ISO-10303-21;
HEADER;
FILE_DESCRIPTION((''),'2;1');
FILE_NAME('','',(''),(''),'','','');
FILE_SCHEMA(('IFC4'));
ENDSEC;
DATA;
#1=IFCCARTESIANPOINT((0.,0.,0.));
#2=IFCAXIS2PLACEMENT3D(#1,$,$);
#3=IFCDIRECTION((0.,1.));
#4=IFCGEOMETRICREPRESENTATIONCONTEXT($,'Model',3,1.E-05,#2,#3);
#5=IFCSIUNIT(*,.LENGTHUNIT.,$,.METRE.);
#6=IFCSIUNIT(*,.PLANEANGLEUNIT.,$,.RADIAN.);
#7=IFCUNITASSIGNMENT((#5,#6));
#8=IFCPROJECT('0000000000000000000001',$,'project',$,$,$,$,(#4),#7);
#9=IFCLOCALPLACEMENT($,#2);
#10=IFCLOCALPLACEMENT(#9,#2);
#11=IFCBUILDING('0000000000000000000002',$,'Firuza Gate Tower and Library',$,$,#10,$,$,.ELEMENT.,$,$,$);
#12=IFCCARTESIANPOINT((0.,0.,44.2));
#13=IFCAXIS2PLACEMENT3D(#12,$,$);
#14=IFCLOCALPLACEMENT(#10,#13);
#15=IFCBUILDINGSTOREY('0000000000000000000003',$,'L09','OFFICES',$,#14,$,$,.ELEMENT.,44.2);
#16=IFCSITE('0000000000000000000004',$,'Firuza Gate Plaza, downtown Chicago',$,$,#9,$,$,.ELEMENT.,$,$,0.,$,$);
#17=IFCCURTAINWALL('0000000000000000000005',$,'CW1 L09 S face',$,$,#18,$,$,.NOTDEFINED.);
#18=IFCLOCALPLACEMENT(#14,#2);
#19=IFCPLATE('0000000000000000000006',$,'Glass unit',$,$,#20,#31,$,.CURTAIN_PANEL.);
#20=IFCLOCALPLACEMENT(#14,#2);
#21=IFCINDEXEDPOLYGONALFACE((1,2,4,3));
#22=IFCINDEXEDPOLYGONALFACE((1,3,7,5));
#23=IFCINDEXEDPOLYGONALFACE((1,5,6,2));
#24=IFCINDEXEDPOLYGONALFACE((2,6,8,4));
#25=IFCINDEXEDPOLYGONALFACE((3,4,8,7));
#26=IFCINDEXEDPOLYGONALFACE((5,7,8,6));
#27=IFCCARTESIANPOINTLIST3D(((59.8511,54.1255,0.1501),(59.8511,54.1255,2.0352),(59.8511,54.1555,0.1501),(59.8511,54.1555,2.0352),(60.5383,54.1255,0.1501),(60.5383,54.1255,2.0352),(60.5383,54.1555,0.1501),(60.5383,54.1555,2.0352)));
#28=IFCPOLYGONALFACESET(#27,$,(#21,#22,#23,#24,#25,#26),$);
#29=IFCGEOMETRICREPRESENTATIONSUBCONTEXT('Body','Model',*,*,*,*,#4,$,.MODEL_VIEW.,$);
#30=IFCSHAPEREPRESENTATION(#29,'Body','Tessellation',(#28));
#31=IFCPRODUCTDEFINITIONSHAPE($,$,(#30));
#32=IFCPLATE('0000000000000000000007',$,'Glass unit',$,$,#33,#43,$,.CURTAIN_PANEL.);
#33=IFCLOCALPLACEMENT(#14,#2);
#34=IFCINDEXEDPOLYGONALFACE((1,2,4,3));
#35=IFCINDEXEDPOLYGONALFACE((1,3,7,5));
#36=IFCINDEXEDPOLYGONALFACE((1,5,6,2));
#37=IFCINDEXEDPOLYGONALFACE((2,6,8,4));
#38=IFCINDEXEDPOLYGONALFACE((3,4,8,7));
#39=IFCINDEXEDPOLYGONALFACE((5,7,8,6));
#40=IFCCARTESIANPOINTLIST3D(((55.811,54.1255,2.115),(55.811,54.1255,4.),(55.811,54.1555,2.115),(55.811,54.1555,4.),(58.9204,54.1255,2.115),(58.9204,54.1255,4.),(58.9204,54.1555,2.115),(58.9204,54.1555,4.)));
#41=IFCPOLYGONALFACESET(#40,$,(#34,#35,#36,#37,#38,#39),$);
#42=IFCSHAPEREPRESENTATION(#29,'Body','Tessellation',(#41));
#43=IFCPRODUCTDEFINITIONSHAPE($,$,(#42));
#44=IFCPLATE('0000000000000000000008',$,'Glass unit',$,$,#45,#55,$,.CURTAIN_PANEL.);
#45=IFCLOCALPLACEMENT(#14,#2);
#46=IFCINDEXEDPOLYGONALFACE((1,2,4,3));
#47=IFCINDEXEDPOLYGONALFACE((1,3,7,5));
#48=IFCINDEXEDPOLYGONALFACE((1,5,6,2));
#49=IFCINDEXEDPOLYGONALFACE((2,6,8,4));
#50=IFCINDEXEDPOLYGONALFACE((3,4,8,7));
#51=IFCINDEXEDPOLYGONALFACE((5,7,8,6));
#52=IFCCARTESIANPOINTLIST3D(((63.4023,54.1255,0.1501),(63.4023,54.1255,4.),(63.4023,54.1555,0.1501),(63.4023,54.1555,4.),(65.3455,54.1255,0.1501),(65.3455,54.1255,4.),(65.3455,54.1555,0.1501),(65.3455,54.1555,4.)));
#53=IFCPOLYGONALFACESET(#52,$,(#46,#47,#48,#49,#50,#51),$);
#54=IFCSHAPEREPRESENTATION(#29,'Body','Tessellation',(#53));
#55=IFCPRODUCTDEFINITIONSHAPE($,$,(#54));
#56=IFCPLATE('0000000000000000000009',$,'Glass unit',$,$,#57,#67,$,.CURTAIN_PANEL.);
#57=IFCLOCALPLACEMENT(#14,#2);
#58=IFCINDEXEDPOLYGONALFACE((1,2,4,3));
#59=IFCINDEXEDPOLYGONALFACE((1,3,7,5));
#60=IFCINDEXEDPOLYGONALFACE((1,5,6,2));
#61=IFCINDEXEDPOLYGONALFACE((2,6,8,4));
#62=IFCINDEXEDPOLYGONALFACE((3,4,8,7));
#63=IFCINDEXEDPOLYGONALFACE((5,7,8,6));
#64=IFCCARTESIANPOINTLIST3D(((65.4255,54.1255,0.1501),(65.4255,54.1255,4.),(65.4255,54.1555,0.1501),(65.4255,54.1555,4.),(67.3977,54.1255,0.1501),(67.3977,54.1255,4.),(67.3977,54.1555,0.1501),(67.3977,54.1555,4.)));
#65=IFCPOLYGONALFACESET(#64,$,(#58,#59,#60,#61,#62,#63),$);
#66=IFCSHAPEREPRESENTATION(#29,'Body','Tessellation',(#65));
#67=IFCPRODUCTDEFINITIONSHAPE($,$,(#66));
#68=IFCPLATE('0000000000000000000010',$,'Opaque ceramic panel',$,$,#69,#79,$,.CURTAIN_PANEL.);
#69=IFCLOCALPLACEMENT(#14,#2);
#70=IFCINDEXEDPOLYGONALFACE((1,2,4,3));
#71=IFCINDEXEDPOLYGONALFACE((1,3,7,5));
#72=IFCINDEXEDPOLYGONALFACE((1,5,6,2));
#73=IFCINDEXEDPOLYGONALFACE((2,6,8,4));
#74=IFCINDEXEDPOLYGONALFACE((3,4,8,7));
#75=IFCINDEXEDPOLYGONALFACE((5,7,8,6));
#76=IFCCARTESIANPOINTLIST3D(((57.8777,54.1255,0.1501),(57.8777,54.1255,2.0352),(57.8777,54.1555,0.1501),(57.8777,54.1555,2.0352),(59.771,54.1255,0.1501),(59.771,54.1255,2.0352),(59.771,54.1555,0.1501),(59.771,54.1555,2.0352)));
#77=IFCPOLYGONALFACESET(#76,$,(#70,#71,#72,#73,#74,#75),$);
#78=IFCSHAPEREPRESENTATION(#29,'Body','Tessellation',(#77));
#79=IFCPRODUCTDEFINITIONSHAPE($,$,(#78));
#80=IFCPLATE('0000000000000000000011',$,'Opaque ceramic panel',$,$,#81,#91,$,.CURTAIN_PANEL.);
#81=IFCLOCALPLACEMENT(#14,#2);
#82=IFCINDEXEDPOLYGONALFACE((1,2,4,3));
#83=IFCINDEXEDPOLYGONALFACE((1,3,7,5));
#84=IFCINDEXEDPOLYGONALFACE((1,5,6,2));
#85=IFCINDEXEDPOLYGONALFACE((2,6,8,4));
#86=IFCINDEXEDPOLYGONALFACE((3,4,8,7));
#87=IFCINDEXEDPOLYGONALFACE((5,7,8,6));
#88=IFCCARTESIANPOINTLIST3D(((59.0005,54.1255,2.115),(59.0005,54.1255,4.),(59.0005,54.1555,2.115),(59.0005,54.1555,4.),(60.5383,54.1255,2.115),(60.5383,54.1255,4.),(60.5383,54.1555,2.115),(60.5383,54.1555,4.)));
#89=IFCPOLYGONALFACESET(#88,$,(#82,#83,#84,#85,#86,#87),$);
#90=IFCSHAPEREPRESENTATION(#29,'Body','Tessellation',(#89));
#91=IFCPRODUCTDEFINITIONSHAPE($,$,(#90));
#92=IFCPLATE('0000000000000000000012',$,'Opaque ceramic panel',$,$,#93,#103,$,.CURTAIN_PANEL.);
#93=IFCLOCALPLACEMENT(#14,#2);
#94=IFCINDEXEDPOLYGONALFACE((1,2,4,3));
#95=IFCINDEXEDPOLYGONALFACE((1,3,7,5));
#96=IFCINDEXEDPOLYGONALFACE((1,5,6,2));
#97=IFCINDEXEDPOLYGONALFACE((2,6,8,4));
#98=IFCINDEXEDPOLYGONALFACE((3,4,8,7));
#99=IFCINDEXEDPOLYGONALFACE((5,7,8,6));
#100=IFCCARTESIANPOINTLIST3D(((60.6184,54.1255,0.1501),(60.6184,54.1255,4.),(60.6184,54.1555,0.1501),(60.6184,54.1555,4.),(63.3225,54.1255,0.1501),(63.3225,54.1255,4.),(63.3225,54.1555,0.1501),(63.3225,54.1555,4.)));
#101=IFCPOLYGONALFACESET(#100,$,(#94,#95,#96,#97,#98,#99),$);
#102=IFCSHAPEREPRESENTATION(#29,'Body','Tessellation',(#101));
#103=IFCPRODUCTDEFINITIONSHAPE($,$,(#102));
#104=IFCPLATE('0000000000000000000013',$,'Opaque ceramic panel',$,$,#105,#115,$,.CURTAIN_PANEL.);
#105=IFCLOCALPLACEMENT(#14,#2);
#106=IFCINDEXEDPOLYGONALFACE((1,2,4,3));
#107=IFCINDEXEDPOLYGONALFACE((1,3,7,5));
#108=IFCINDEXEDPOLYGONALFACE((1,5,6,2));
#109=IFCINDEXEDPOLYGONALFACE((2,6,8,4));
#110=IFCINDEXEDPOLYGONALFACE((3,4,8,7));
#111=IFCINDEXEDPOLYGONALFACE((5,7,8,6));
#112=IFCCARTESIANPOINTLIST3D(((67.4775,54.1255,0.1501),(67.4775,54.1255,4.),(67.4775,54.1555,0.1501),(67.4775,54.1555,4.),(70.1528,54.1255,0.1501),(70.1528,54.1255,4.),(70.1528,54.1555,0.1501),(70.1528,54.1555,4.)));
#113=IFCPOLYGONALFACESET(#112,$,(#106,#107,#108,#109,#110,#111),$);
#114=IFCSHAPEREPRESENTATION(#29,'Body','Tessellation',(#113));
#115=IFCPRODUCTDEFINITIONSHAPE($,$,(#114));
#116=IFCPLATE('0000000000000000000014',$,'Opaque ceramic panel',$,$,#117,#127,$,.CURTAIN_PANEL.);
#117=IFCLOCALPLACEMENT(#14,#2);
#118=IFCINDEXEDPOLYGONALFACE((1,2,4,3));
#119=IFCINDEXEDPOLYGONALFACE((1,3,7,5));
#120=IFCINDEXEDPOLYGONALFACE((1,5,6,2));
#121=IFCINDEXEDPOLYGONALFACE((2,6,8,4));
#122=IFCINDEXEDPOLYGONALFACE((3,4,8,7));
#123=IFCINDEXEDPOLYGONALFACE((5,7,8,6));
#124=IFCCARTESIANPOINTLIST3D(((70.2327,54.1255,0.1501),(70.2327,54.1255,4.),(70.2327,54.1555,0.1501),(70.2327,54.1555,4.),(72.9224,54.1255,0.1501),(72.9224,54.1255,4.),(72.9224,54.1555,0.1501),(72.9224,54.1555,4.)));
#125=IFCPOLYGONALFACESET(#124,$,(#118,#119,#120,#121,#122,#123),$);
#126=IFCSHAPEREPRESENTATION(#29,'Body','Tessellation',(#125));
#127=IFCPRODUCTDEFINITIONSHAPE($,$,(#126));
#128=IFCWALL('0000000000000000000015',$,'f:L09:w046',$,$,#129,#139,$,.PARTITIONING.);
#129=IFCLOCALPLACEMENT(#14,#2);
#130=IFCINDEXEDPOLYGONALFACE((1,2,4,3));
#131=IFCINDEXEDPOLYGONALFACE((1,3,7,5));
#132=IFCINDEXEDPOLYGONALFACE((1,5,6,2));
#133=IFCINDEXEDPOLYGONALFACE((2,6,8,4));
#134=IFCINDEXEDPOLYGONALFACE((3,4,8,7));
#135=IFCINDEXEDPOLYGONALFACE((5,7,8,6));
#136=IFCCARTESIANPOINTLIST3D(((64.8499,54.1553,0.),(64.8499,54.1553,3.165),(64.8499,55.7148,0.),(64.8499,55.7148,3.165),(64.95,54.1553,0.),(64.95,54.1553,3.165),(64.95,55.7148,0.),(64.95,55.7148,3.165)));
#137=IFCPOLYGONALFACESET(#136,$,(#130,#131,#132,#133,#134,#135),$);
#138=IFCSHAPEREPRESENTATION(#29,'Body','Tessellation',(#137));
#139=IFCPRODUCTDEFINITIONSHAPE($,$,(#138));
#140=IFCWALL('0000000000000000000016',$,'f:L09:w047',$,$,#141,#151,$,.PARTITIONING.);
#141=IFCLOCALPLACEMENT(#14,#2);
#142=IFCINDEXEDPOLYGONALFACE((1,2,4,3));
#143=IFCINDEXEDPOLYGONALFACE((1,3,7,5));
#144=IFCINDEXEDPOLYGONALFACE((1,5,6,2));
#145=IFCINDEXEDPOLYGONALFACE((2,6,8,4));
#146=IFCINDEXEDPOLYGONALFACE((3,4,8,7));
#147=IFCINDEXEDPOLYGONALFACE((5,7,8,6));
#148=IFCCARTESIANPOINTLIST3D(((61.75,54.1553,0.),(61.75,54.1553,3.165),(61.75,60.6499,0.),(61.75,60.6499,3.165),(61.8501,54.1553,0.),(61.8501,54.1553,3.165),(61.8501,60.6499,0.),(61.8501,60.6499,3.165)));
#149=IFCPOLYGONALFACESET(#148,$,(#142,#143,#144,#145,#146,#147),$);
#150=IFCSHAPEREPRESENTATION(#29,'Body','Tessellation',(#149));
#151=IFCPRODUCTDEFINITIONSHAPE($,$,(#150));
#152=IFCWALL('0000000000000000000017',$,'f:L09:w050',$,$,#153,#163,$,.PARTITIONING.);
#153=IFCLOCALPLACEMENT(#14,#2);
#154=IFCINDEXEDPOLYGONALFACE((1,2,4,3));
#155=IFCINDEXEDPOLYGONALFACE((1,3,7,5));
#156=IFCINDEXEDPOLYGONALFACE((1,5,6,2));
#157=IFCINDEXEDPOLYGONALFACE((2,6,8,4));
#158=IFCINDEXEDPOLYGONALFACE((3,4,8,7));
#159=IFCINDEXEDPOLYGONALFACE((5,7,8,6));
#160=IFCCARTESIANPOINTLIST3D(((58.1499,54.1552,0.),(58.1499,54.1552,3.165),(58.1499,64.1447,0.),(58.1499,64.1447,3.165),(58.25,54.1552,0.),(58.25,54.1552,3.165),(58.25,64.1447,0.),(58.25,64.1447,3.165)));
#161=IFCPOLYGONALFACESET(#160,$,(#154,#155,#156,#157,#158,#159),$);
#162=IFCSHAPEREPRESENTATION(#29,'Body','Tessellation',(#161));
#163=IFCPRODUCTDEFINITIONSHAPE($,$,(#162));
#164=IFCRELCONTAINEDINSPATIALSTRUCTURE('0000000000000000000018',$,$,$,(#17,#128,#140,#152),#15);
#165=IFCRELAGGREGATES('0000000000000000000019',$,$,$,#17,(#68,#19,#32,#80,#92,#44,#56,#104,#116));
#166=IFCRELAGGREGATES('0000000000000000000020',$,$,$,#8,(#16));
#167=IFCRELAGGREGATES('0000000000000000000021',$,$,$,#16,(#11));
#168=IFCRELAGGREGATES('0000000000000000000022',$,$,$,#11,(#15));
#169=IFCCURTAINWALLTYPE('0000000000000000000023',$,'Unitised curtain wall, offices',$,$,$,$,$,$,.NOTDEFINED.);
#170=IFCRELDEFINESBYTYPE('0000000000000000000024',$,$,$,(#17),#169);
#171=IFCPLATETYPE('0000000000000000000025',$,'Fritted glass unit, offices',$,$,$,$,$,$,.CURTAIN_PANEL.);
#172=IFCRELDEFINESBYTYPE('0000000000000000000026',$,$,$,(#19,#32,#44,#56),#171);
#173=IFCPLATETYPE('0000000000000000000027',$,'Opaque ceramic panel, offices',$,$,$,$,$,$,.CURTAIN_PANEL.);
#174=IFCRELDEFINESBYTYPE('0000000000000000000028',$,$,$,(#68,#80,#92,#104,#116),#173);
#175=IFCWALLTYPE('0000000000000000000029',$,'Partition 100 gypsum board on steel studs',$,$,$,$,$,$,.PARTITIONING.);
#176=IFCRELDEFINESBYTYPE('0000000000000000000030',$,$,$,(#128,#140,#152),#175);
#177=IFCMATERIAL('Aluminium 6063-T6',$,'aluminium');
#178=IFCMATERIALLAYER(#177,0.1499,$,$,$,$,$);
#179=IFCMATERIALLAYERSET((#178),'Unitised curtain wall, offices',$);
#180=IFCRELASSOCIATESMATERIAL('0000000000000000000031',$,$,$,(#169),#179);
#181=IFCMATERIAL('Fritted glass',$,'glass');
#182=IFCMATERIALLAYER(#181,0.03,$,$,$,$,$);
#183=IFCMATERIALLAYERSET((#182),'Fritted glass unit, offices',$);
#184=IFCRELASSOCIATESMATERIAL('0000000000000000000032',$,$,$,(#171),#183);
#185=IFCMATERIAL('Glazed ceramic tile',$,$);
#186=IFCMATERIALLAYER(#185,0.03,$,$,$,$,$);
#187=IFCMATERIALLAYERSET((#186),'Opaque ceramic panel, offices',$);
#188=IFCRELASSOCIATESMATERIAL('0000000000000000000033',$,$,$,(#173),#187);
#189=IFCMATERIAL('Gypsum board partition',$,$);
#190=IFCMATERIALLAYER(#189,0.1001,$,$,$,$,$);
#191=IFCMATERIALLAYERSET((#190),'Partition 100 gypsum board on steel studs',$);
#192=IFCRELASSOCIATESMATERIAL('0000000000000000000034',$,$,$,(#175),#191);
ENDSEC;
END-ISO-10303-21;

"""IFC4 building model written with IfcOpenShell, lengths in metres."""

from ifc_helpers import new_model, si_unit, direction, frame, frame_2d, origin, place, context, subcontext, project, spatial, polyline, rectangle, outline, extrude, material, layer, layer_set, type_object, element, aggregate, save


model = new_model("IFC4")

# Units and contexts
model_context = context("Model", 3, precision=1e-05, world=origin(), true_north=direction((0.0, 1.0)))
body_context = subcontext(model_context, "Body", "Model", "MODEL_VIEW")
ifc_project = project(units=[si_unit("LENGTHUNIT", "METRE"), si_unit("PLANEANGLEUNIT", "RADIAN")], contexts=[model_context])

# Site, building, storey
site_placement = place(None, origin())
site = spatial("IfcSite", under=ifc_project, at=site_placement, Name="Firuza Gate Plaza, downtown Chicago", CompositionType="ELEMENT", RefElevation=0.0)
building_placement = place(site_placement, origin())
building = spatial("IfcBuilding", under=site, at=building_placement, Name="Firuza Gate Tower and Library", CompositionType="ELEMENT")
storey_placement = place(building_placement, frame((0.0, 0.0, 44.2)))
storey = spatial("IfcBuildingStorey", under=building, at=storey_placement, Name="L09", Description="OFFICES", CompositionType="ELEMENT", Elevation=44.2)

# Curtain wall
ifc_material_1 = material(Name="Aluminium 6063-T6", Category="aluminium")
ifc_layer_1 = layer(ifc_material_1, 0.1499)
ifc_layer_set_1 = layer_set([ifc_layer_1], Name="Unitised curtain wall, offices")
curtain_wall_type = type_object("IfcCurtainWallType", Name="Unitised curtain wall, offices", PredefinedType="NOTDEFINED", material=ifc_layer_set_1)
curtain_wall_placement = place(storey_placement, origin())
curtain_wall = element("IfcCurtainWall", 1, at=curtain_wall_placement, inside=storey, type_object=curtain_wall_type, Name="CW1 L09 S face", PredefinedType="NOTDEFINED")

# Plates
ifc_material_2 = material(Name="Fritted glass", Category="glass")
ifc_layer_2 = layer(ifc_material_2, 0.03)
ifc_layer_set_2 = layer_set([ifc_layer_2], Name="Fritted glass unit, offices")
plate_type_1 = type_object("IfcPlateType", Name="Fritted glass unit, offices", PredefinedType="CURTAIN_PANEL", material=ifc_layer_set_2)
plate_1_placement = place(storey_placement, frame((59.8511, 54.1255, 0.1501), z_axis=(0.0, -1.0, 0.0), x_axis=(1.0, 0.0, 0.0)))
plate_1 = element("IfcPlate", 2, at=plate_1_placement, type_object=plate_type_1, Name="Glass unit", PredefinedType="CURTAIN_PANEL", context=body_context, shape_type="SweptSolid", body=[
    extrude(outline(polyline([(0.0, 0.0), (0.6873, 0.0), (0.6873, 1.885), (0.0, 1.885), (0.0, 0.0)])), origin(), (0.0, 0.0, -1.0), 0.03),
])
plate_2_placement = place(storey_placement, frame((55.811, 54.1255, 2.115), z_axis=(0.0, -1.0, 0.0), x_axis=(1.0, 0.0, 0.0)))
plate_2 = element("IfcPlate", 3, at=plate_2_placement, type_object=plate_type_1, Name="Glass unit", PredefinedType="CURTAIN_PANEL", context=body_context, shape_type="SweptSolid", body=[
    extrude(outline(polyline([(0.0, 0.0), (3.1094, 0.0), (3.1094, 1.885), (0.0, 1.885), (0.0, 0.0)])), origin(), (0.0, 0.0, -1.0), 0.03),
])
plate_3_placement = place(storey_placement, frame((63.4023, 54.1255, 0.1501), z_axis=(0.0, -1.0, 0.0), x_axis=(1.0, 0.0, 0.0)))
plate_3 = element("IfcPlate", 4, at=plate_3_placement, type_object=plate_type_1, Name="Glass unit", PredefinedType="CURTAIN_PANEL", context=body_context, shape_type="SweptSolid", body=[
    extrude(outline(polyline([(0.0, 0.0), (1.9431, 0.0), (1.9431, 3.8499), (0.0, 3.8499), (0.0, 0.0)])), origin(), (0.0, 0.0, -1.0), 0.03),
])
plate_4_placement = place(storey_placement, frame((65.4255, 54.1255, 0.1501), z_axis=(0.0, -1.0, 0.0), x_axis=(1.0, 0.0, 0.0)))
plate_4 = element("IfcPlate", 5, at=plate_4_placement, type_object=plate_type_1, Name="Glass unit", PredefinedType="CURTAIN_PANEL", context=body_context, shape_type="SweptSolid", body=[
    extrude(outline(polyline([(0.0, 0.0), (1.9722, 0.0), (1.9722, 3.8499), (0.0, 3.8499), (0.0, 0.0)])), origin(), (0.0, 0.0, -1.0), 0.03),
])
ifc_material_3 = material(Name="Glazed ceramic tile")
ifc_layer_3 = layer(ifc_material_3, 0.03)
ifc_layer_set_3 = layer_set([ifc_layer_3], Name="Opaque ceramic panel, offices")
plate_type_2 = type_object("IfcPlateType", Name="Opaque ceramic panel, offices", PredefinedType="CURTAIN_PANEL", material=ifc_layer_set_3)
plate_5_placement = place(storey_placement, frame((57.8777, 54.1255, 0.1501), z_axis=(0.0, -1.0, 0.0), x_axis=(1.0, 0.0, 0.0)))
plate_5 = element("IfcPlate", 6, at=plate_5_placement, type_object=plate_type_2, Name="Opaque ceramic panel", PredefinedType="CURTAIN_PANEL", context=body_context, shape_type="SweptSolid", body=[
    extrude(outline(polyline([(0.0, 0.0), (1.8933, 0.0), (1.8933, 1.885), (0.0, 1.885), (0.0, 0.0)])), origin(), (0.0, 0.0, -1.0), 0.03),
])
plate_6_placement = place(storey_placement, frame((59.0005, 54.1255, 2.115), z_axis=(0.0, -1.0, 0.0), x_axis=(1.0, 0.0, 0.0)))
plate_6 = element("IfcPlate", 7, at=plate_6_placement, type_object=plate_type_2, Name="Opaque ceramic panel", PredefinedType="CURTAIN_PANEL", context=body_context, shape_type="SweptSolid", body=[
    extrude(outline(polyline([(0.0, 0.0), (1.5378, 0.0), (1.5378, 1.885), (0.0, 1.885), (0.0, 0.0)])), origin(), (0.0, 0.0, -1.0), 0.03),
])
plate_7_placement = place(storey_placement, frame((60.6184, 54.1255, 0.1501), z_axis=(0.0, -1.0, 0.0), x_axis=(1.0, 0.0, 0.0)))
plate_7 = element("IfcPlate", 8, at=plate_7_placement, type_object=plate_type_2, Name="Opaque ceramic panel", PredefinedType="CURTAIN_PANEL", context=body_context, shape_type="SweptSolid", body=[
    extrude(outline(polyline([(0.0, 0.0), (2.7041, 0.0), (2.7041, 3.8499), (0.0, 3.8499), (0.0, 0.0)])), origin(), (0.0, 0.0, -1.0), 0.03),
])
plate_8_placement = place(storey_placement, frame((67.4775, 54.1255, 0.1501), z_axis=(0.0, -1.0, 0.0), x_axis=(1.0, 0.0, 0.0)))
plate_8 = element("IfcPlate", 9, at=plate_8_placement, type_object=plate_type_2, Name="Opaque ceramic panel", PredefinedType="CURTAIN_PANEL", context=body_context, shape_type="SweptSolid", body=[
    extrude(outline(polyline([(0.0, 0.0), (2.6753, 0.0), (2.6753, 3.8499), (0.0, 3.8499), (0.0, 0.0)])), origin(), (0.0, 0.0, -1.0), 0.03),
])
plate_9_placement = place(storey_placement, frame((70.2327, 54.1255, 0.1501), z_axis=(0.0, -1.0, 0.0), x_axis=(1.0, 0.0, 0.0)))
plate_9 = element("IfcPlate", 10, at=plate_9_placement, type_object=plate_type_2, Name="Opaque ceramic panel", PredefinedType="CURTAIN_PANEL", context=body_context, shape_type="SweptSolid", body=[
    extrude(outline(polyline([(0.0, 0.0), (2.6897, 0.0), (2.6897, 3.8499), (0.0, 3.8499), (0.0, 0.0)])), origin(), (0.0, 0.0, -1.0), 0.03),
])
aggregate(curtain_wall, [plate_5, plate_1, plate_2, plate_6, plate_7, plate_3, plate_4, plate_8, plate_9])

# Walls
ifc_material_4 = material(Name="Gypsum board partition")
ifc_layer_4 = layer(ifc_material_4, 0.1001)
ifc_layer_set_4 = layer_set([ifc_layer_4], Name="Partition 100 gypsum board on steel studs")
wall_type = type_object("IfcWallType", Name="Partition 100 gypsum board on steel studs", PredefinedType="PARTITIONING", material=ifc_layer_set_4)
wall_1_placement = place(storey_placement, frame((64.8999, 54.1553, 0.0), z_axis=(0.0, 0.0, 1.0), x_axis=(0.0, 1.0, 0.0)))
element("IfcWall", 11, at=wall_1_placement, inside=storey, type_object=wall_type, Name="f:L09:w046", PredefinedType="PARTITIONING", context=body_context, shape_type="SweptSolid", body=[
    extrude(rectangle(XDim=1.5596, YDim=0.1001, at=frame_2d((0.7798, 0.0))), origin(), (0.0, 0.0, 1.0), 3.165),
])
wall_2_placement = place(storey_placement, frame((61.8, 54.1553, 0.0), z_axis=(0.0, 0.0, 1.0), x_axis=(0.0, 1.0, 0.0)))
element("IfcWall", 12, at=wall_2_placement, inside=storey, type_object=wall_type, Name="f:L09:w047", PredefinedType="PARTITIONING", context=body_context, shape_type="SweptSolid", body=[
    extrude(rectangle(XDim=6.4946, YDim=0.1001, at=frame_2d((3.2473, 0.0))), origin(), (0.0, 0.0, 1.0), 3.165),
])
wall_3_placement = place(storey_placement, frame((58.2, 54.1553, 0.0), z_axis=(0.0, 0.0, 1.0), x_axis=(0.0, 1.0, 0.0)))
element("IfcWall", 13, at=wall_3_placement, inside=storey, type_object=wall_type, Name="f:L09:w050", PredefinedType="PARTITIONING", context=body_context, shape_type="SweptSolid", body=[
    extrude(rectangle(XDim=9.9895, YDim=0.1001, at=frame_2d((4.9946, 0.0))), origin(), (0.0, 0.0, 1.0), 3.165),
])

save(model, "model.ifc")
